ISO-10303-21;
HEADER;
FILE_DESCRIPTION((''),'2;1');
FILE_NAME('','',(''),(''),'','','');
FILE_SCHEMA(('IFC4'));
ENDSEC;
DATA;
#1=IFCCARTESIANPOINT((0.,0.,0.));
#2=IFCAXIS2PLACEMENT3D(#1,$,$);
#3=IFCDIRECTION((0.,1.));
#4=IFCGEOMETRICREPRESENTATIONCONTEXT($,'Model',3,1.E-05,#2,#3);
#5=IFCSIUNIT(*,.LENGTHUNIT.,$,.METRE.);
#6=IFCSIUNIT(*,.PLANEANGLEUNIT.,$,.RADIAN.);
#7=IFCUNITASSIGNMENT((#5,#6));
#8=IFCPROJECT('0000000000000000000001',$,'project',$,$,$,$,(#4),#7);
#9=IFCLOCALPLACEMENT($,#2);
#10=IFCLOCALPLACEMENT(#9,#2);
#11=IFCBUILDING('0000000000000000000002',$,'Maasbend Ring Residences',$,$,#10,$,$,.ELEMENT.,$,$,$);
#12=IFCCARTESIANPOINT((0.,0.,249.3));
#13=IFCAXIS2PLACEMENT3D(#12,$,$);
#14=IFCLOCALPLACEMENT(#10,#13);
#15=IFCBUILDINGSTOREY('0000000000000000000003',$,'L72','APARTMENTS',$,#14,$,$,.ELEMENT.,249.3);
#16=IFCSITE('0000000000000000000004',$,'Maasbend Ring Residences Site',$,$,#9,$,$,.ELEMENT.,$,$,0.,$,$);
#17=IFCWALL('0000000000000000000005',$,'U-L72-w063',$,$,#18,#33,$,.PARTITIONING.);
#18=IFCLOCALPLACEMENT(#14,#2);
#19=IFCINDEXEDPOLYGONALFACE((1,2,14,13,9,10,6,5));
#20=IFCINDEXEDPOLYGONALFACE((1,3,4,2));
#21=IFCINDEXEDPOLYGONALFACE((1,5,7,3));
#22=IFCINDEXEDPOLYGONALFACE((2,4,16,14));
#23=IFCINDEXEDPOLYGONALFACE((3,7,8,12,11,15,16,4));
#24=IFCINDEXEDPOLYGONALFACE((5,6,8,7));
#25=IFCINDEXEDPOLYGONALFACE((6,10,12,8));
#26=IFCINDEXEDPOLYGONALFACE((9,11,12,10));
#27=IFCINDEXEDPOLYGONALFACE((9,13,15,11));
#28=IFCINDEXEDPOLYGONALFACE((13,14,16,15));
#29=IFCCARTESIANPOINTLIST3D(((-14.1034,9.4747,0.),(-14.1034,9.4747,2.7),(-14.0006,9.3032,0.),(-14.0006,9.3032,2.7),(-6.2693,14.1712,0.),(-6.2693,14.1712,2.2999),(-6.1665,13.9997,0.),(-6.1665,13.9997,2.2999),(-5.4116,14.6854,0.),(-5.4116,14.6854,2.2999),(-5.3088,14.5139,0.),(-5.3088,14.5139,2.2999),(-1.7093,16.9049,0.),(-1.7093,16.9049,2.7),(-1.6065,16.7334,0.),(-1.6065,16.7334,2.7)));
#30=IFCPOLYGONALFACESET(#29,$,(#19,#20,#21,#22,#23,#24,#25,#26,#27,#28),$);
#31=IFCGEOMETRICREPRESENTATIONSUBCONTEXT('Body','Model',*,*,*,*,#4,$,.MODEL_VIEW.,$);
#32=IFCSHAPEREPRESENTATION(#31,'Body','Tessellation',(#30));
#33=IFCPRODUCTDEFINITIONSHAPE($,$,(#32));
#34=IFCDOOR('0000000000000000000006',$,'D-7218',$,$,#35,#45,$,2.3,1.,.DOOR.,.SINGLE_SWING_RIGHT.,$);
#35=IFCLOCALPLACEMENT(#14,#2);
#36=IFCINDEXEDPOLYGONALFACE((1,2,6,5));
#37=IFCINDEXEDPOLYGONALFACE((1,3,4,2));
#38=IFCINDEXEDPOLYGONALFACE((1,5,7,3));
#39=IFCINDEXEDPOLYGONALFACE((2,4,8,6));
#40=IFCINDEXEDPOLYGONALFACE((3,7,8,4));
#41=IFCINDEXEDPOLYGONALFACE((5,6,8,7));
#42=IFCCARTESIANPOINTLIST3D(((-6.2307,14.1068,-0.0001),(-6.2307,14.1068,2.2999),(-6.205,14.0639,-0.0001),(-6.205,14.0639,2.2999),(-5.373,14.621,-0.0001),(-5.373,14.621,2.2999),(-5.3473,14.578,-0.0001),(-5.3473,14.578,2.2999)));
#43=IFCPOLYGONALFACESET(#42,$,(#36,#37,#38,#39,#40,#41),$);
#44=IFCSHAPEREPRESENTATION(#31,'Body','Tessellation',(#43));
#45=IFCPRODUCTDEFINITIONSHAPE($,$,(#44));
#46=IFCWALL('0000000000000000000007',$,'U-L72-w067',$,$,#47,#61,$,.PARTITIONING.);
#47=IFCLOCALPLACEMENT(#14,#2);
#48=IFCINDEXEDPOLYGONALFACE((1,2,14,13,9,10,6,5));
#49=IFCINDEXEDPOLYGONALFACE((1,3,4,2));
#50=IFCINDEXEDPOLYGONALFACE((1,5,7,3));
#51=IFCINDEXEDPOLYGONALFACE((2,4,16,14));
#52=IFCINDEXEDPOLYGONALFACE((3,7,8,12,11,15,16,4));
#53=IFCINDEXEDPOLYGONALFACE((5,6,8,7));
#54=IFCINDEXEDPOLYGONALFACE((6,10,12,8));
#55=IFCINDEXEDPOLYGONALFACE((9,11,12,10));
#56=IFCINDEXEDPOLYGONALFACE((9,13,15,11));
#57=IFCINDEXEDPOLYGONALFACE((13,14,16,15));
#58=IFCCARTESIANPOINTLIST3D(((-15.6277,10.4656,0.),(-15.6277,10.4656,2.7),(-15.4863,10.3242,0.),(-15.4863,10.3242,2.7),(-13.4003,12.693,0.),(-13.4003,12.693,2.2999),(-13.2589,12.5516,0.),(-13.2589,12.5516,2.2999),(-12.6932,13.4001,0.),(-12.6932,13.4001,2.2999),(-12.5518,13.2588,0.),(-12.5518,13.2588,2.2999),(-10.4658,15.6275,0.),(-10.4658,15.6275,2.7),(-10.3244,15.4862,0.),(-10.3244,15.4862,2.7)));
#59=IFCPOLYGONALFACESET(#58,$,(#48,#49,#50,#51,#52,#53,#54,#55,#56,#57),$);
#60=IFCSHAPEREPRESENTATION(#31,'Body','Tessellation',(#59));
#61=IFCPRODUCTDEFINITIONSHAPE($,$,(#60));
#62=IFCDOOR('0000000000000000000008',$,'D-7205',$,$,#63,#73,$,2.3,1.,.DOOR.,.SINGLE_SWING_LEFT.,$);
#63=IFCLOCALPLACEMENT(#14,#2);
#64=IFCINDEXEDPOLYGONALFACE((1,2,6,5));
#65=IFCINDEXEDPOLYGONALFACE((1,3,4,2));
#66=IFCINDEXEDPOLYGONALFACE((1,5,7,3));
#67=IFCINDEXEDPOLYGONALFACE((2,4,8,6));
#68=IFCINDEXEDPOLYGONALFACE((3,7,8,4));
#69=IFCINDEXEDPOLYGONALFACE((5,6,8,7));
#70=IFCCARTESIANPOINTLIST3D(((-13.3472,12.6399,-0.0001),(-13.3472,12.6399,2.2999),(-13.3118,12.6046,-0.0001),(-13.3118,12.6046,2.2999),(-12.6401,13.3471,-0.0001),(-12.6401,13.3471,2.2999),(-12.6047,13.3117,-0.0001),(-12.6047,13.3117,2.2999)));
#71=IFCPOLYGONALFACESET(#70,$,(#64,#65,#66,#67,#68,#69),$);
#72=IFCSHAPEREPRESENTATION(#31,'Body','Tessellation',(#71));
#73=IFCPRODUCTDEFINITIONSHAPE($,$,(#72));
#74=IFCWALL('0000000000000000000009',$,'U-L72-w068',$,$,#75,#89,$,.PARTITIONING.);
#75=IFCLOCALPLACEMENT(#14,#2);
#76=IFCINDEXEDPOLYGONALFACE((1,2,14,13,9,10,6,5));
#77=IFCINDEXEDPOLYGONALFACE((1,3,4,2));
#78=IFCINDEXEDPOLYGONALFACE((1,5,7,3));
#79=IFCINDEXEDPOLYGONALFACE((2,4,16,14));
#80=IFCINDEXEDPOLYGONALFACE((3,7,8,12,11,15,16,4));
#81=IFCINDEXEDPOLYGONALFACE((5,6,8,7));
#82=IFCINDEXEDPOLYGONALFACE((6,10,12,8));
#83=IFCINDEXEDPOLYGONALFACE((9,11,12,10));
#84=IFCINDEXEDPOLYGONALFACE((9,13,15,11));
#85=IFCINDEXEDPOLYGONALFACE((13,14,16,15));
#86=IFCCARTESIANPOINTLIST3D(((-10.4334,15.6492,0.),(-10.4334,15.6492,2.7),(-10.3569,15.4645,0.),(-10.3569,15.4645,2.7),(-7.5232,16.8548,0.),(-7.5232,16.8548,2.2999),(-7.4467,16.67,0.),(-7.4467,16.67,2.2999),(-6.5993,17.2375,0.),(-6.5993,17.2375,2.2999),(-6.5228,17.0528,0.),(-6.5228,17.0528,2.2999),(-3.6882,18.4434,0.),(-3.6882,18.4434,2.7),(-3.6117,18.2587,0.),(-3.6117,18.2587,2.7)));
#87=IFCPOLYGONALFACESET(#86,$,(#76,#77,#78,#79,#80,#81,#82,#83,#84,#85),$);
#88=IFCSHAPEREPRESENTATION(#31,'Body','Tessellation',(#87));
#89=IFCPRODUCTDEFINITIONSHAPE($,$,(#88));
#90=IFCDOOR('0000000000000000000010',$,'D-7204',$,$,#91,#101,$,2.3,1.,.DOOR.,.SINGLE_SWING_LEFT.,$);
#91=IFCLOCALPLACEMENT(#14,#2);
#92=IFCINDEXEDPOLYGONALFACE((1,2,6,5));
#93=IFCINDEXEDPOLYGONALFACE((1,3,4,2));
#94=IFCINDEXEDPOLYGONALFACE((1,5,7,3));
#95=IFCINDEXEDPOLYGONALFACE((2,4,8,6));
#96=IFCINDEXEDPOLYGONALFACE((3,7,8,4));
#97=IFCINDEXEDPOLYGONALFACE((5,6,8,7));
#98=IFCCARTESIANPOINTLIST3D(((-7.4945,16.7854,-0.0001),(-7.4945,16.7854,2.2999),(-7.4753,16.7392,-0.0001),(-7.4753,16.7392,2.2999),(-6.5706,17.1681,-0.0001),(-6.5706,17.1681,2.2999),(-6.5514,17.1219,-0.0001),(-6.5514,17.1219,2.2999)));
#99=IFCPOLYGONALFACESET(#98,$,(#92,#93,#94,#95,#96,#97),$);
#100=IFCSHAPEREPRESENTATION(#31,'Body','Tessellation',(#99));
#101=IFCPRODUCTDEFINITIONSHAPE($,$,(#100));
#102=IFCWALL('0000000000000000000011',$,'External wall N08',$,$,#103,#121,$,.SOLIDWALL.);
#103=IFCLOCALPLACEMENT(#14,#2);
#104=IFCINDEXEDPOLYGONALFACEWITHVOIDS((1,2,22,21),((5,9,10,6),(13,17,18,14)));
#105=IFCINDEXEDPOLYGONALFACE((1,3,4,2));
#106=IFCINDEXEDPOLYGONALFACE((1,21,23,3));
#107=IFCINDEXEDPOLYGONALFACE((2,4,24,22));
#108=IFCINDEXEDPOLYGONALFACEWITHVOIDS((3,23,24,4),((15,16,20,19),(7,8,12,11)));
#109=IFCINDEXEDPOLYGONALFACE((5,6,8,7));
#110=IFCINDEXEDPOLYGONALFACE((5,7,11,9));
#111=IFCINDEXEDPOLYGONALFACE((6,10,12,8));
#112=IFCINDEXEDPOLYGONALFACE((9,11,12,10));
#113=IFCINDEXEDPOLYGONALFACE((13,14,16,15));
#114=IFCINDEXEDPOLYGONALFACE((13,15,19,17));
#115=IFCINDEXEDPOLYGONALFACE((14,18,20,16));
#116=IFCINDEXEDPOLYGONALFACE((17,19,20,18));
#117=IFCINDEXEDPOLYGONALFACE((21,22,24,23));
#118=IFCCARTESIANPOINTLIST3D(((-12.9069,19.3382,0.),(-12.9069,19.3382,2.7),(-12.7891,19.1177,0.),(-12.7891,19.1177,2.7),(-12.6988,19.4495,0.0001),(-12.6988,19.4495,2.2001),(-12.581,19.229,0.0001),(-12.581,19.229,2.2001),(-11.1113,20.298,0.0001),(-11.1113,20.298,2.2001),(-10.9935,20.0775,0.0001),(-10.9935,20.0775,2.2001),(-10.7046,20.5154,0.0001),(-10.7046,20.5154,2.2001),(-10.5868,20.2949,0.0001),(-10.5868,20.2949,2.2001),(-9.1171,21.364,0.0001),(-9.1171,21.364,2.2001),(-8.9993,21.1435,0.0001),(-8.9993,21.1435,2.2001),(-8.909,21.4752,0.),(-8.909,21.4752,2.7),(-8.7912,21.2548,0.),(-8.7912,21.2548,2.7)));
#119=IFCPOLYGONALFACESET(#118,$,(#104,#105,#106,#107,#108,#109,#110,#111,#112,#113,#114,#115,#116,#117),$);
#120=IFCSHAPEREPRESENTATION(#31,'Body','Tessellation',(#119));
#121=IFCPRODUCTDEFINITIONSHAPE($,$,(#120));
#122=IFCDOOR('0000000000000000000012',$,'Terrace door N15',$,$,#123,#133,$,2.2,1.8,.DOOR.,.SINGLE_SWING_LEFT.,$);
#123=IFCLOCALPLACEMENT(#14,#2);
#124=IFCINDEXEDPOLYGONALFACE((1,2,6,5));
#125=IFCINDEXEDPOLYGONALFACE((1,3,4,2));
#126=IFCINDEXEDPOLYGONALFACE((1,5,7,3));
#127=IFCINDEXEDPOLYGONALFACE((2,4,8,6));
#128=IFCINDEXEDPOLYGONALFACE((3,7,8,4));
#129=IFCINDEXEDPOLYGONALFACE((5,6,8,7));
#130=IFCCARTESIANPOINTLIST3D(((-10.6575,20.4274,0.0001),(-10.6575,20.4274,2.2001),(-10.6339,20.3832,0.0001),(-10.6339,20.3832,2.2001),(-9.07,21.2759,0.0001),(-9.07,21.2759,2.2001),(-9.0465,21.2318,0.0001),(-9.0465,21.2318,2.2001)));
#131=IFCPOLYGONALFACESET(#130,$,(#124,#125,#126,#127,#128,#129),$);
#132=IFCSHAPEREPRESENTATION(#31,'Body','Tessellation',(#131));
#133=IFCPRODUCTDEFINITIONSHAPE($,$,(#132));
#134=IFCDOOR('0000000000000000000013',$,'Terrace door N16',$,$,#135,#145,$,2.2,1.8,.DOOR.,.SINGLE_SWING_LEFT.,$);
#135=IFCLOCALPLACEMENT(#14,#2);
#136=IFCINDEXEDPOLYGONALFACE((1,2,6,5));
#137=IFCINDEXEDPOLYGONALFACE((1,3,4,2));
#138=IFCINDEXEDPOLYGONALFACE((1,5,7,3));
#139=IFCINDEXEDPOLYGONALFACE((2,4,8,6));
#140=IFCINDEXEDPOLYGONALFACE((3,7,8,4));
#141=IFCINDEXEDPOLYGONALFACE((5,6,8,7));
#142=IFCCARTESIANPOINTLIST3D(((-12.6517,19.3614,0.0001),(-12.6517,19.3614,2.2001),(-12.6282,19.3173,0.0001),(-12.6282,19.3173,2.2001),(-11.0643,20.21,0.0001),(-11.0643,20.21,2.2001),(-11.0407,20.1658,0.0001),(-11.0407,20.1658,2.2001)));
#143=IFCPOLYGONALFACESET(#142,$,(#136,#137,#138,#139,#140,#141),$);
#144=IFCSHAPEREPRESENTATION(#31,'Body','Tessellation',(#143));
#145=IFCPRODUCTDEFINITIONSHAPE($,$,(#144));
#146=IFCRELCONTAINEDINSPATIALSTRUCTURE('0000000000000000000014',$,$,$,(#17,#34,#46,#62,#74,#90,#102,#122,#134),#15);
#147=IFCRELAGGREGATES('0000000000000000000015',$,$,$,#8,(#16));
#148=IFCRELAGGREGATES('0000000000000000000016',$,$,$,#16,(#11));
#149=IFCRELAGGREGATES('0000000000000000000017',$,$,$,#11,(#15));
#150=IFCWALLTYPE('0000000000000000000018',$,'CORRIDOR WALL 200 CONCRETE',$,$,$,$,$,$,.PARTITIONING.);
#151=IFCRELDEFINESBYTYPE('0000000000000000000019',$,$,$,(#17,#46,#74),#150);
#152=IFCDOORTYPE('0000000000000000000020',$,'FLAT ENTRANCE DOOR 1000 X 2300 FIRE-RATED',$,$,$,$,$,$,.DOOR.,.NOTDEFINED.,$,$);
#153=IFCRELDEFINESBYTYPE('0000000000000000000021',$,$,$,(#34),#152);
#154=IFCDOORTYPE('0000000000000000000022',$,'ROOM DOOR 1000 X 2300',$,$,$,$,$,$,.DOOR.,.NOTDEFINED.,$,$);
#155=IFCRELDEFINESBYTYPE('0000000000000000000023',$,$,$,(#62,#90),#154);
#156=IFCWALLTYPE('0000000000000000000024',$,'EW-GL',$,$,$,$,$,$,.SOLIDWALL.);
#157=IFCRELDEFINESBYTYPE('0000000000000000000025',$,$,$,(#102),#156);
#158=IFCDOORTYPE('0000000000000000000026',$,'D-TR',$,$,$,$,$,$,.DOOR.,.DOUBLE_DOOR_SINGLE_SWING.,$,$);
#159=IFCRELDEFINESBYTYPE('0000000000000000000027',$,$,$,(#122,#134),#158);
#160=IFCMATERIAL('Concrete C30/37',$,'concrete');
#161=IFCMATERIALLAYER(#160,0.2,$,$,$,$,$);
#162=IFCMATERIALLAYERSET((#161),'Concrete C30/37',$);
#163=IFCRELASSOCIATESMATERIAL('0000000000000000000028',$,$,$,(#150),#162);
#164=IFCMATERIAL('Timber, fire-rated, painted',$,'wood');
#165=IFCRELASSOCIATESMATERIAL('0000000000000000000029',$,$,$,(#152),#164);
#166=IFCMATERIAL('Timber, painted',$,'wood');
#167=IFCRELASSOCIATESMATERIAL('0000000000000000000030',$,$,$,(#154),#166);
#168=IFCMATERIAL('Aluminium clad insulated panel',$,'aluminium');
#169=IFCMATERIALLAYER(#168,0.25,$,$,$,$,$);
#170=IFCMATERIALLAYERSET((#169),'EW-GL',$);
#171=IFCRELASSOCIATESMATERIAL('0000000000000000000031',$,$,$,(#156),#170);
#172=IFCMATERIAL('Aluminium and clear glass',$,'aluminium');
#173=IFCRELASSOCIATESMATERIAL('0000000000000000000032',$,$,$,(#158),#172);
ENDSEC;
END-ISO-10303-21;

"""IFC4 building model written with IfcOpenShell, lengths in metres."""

from ifc_helpers import new_model, si_unit, direction, frame, frame_2d, origin, place, context, subcontext, project, spatial, rectangle, extrude, material, layer, layer_set, type_object, element, fill, save


model = new_model("IFC4")

# Units and contexts
model_context = context("Model", 3, precision=1e-05, world=origin(), true_north=direction((0.0, 1.0)))
body_context = subcontext(model_context, "Body", "Model", "MODEL_VIEW")
ifc_project = project(units=[si_unit("LENGTHUNIT", "METRE"), si_unit("PLANEANGLEUNIT", "RADIAN")], contexts=[model_context])

# Site, building, storey
site_placement = place(None, origin())
site = spatial("IfcSite", under=ifc_project, at=site_placement, Name="Maasbend Ring Residences Site", CompositionType="ELEMENT", RefElevation=0.0)
building_placement = place(site_placement, origin())
building = spatial("IfcBuilding", under=site, at=building_placement, Name="Maasbend Ring Residences", CompositionType="ELEMENT")
storey_placement = place(building_placement, frame((0.0, 0.0, 249.3)))
storey = spatial("IfcBuildingStorey", under=building, at=storey_placement, Name="L72", Description="APARTMENTS", CompositionType="ELEMENT", Elevation=249.3)

# Shared definitions
ifc_material_1 = material(Name="Concrete C30/37", Category="concrete")
ifc_layer_1 = layer(ifc_material_1, 0.2)
ifc_layer_set_1 = layer_set([ifc_layer_1], Name="Concrete C30/37")
wall_type_1 = type_object("IfcWallType", Name="CORRIDOR WALL 200 CONCRETE", PredefinedType="PARTITIONING", material=ifc_layer_set_1)

# Walls, openings, doors
wall_1_placement = place(storey_placement, frame((-14.052, 9.3889, 0.0), z_axis=(0.0, 0.0, 1.0), x_axis=(0.857684, 0.514178, 0.0)))
wall_1 = element("IfcWall", 1, at=wall_1_placement, inside=storey, type_object=wall_type_1, Name="U-L72-w063", PredefinedType="PARTITIONING", context=body_context, shape_type="SweptSolid", body=[
    extrude(rectangle(XDim=14.4507, YDim=0.2, at=frame_2d((7.2253, 0.0))), origin(), (0.0, 0.0, 1.0), 2.7),
])
opening_1_placement = place(wall_1_placement, frame((9.134, 0.0, 0.0)))
opening_1 = element("IfcOpeningElement", 2, at=opening_1_placement, cuts=wall_1, PredefinedType="OPENING", context=body_context, shape_type="SweptSolid", body=[
    extrude(rectangle(XDim=1.0, YDim=2.3, at=frame_2d((0.5, 1.1499))), frame((0.0, 0.1099, 0.0), z_axis=(0.0, -1.0, 0.0), x_axis=(1.0, 0.0, 0.0)), (0.0, 0.0, 1.0), 0.22),
])
ifc_material_2 = material(Name="Timber, fire-rated, painted", Category="wood")
door_type_1 = type_object("IfcDoorType", Name="FLAT ENTRANCE DOOR 1000 X 2300 FIRE-RATED", OperationType="NOTDEFINED", PredefinedType="DOOR", material=ifc_material_2)
door_1_placement = place(opening_1_placement, origin())
door_1 = element("IfcDoor", 3, at=door_1_placement, inside=storey, type_object=door_type_1, Name="D-7218", OperationType="SINGLE_SWING_RIGHT", OverallHeight=2.3, OverallWidth=1.0, PredefinedType="DOOR", context=body_context, shape_type="SweptSolid", body=[
    extrude(rectangle(XDim=1.0, YDim=2.3, at=frame_2d((0.5, 1.1499))), frame((0.0, 0.0249, 0.0), z_axis=(0.0, -1.0, 0.0), x_axis=(1.0, 0.0, 0.0)), (0.0, 0.0, 1.0), 0.05),
])
fill(opening_1, door_1)
wall_2_placement = place(storey_placement, frame((-15.5569, 10.395, 0.0), z_axis=(0.0, 0.0, 1.0), x_axis=(0.707107, 0.707107, 0.0)))
wall_2 = element("IfcWall", 4, at=wall_2_placement, inside=storey, type_object=wall_type_1, Name="U-L72-w067", PredefinedType="PARTITIONING", context=body_context, shape_type="SweptSolid", body=[
    extrude(rectangle(XDim=7.3, YDim=0.2, at=frame_2d((3.6499, 0.0))), origin(), (0.0, 0.0, 1.0), 2.7),
])
opening_2_placement = place(wall_2_placement, frame((3.1499, 0.0, 0.0)))
opening_2 = element("IfcOpeningElement", 5, at=opening_2_placement, cuts=wall_2, PredefinedType="OPENING", context=body_context, shape_type="SweptSolid", body=[
    extrude(rectangle(XDim=1.0, YDim=2.3, at=frame_2d((0.5, 1.1499))), frame((0.0, 0.1099, 0.0), z_axis=(0.0, -1.0, 0.0), x_axis=(1.0, 0.0, 0.0)), (0.0, 0.0, 1.0), 0.22),
])
ifc_material_3 = material(Name="Timber, painted", Category="wood")
door_type_2 = type_object("IfcDoorType", Name="ROOM DOOR 1000 X 2300", OperationType="NOTDEFINED", PredefinedType="DOOR", material=ifc_material_3)
door_2_placement = place(opening_2_placement, origin())
door_2 = element("IfcDoor", 6, at=door_2_placement, inside=storey, type_object=door_type_2, Name="D-7205", OperationType="SINGLE_SWING_LEFT", OverallHeight=2.3, OverallWidth=1.0, PredefinedType="DOOR", context=body_context, shape_type="SweptSolid", body=[
    extrude(rectangle(XDim=1.0, YDim=2.3, at=frame_2d((0.5, 1.1499))), frame((0.0, 0.0249, 0.0), z_axis=(0.0, -1.0, 0.0), x_axis=(1.0, 0.0, 0.0)), (0.0, 0.0, 1.0), 0.05),
])
fill(opening_2, door_2)
wall_3_placement = place(storey_placement, frame((-10.395, 15.5569, 0.0), z_axis=(0.0, 0.0, 1.0), x_axis=(0.923866, 0.382715, 0.0)))
wall_3 = element("IfcWall", 7, at=wall_3_placement, inside=storey, type_object=wall_type_1, Name="U-L72-w068", PredefinedType="PARTITIONING", context=body_context, shape_type="SweptSolid", body=[
    extrude(rectangle(XDim=7.301, YDim=0.2, at=frame_2d((3.6504, 0.0))), origin(), (0.0, 0.0, 1.0), 2.7),
])
opening_3_placement = place(wall_3_placement, frame((3.1499, 0.0, 0.0)))
opening_3 = element("IfcOpeningElement", 8, at=opening_3_placement, cuts=wall_3, PredefinedType="OPENING", context=body_context, shape_type="SweptSolid", body=[
    extrude(rectangle(XDim=1.0, YDim=2.3, at=frame_2d((0.5, 1.1499))), frame((0.0, 0.1099, 0.0), z_axis=(0.0, -1.0, 0.0), x_axis=(1.0, 0.0, 0.0)), (0.0, 0.0, 1.0), 0.22),
])
door_3_placement = place(opening_3_placement, origin())
door_3 = element("IfcDoor", 9, at=door_3_placement, inside=storey, type_object=door_type_2, Name="D-7204", OperationType="SINGLE_SWING_LEFT", OverallHeight=2.3, OverallWidth=1.0, PredefinedType="DOOR", context=body_context, shape_type="SweptSolid", body=[
    extrude(rectangle(XDim=1.0, YDim=2.3, at=frame_2d((0.5, 1.1499))), frame((0.0, 0.0249, 0.0), z_axis=(0.0, -1.0, 0.0), x_axis=(1.0, 0.0, 0.0)), (0.0, 0.0, 1.0), 0.05),
])
fill(opening_3, door_3)

# Wall, openings, doors
ifc_material_4 = material(Name="Aluminium clad insulated panel", Category="aluminium")
ifc_layer_2 = layer(ifc_material_4, 0.25)
ifc_layer_set_2 = layer_set([ifc_layer_2], Name="EW-GL")
wall_type_2 = type_object("IfcWallType", Name="EW-GL", PredefinedType="SOLIDWALL", material=ifc_layer_set_2)
wall_4_placement = place(storey_placement, frame((-8.8501, 21.365, 0.0), z_axis=(0.0, 0.0, 1.0), x_axis=(-0.881913, -0.471413, 0.0)))
wall_4 = element("IfcWall", 10, at=wall_4_placement, inside=storey, type_object=wall_type_2, Name="External wall N08", PredefinedType="SOLIDWALL", context=body_context, shape_type="SweptSolid", body=[
    extrude(rectangle(XDim=4.5332, YDim=0.25, at=frame_2d((2.2666, 0.0))), origin(), (0.0, 0.0, 1.0), 2.7),
])
opening_4_placement = place(wall_4_placement, frame((0.2361, 0.0, 0.0)))
opening_4 = element("IfcOpeningElement", 11, at=opening_4_placement, cuts=wall_4, PredefinedType="OPENING", context=body_context, shape_type="SweptSolid", body=[
    extrude(rectangle(XDim=1.8, YDim=2.2, at=frame_2d((0.8999, 1.1001))), frame((0.0, 0.135, 0.0), z_axis=(0.0, -1.0, 0.0), x_axis=(1.0, 0.0, 0.0)), (0.0, 0.0, 1.0), 0.27),
])
opening_5_placement = place(wall_4_placement, frame((2.4973, 0.0, 0.0)))
opening_5 = element("IfcOpeningElement", 12, at=opening_5_placement, cuts=wall_4, PredefinedType="OPENING", context=body_context, shape_type="SweptSolid", body=[
    extrude(rectangle(XDim=1.8, YDim=2.2, at=frame_2d((0.8999, 1.1001))), frame((0.0, 0.135, 0.0), z_axis=(0.0, -1.0, 0.0), x_axis=(1.0, 0.0, 0.0)), (0.0, 0.0, 1.0), 0.27),
])
ifc_material_5 = material(Name="Aluminium and clear glass", Category="aluminium")
door_type_3 = type_object("IfcDoorType", Name="D-TR", OperationType="DOUBLE_DOOR_SINGLE_SWING", PredefinedType="DOOR", material=ifc_material_5)
door_4_placement = place(opening_4_placement, origin())
door_4 = element("IfcDoor", 13, at=door_4_placement, inside=storey, type_object=door_type_3, Name="Terrace door N15", OperationType="SINGLE_SWING_LEFT", OverallHeight=2.2, OverallWidth=1.8, PredefinedType="DOOR", context=body_context, shape_type="SweptSolid", body=[
    extrude(rectangle(XDim=1.8, YDim=2.2, at=frame_2d((0.8999, 1.1001))), frame((0.0, 0.0249, 0.0), z_axis=(0.0, -1.0, 0.0), x_axis=(1.0, 0.0, 0.0)), (0.0, 0.0, 1.0), 0.05),
])
fill(opening_4, door_4)
door_5_placement = place(opening_5_placement, origin())
door_5 = element("IfcDoor", 14, at=door_5_placement, inside=storey, type_object=door_type_3, Name="Terrace door N16", OperationType="SINGLE_SWING_LEFT", OverallHeight=2.2, OverallWidth=1.8, PredefinedType="DOOR", context=body_context, shape_type="SweptSolid", body=[
    extrude(rectangle(XDim=1.8, YDim=2.2, at=frame_2d((0.8999, 1.1001))), frame((0.0, 0.0249, 0.0), z_axis=(0.0, -1.0, 0.0), x_axis=(1.0, 0.0, 0.0)), (0.0, 0.0, 1.0), 0.05),
])
fill(opening_5, door_5)

save(model, "model.ifc")
